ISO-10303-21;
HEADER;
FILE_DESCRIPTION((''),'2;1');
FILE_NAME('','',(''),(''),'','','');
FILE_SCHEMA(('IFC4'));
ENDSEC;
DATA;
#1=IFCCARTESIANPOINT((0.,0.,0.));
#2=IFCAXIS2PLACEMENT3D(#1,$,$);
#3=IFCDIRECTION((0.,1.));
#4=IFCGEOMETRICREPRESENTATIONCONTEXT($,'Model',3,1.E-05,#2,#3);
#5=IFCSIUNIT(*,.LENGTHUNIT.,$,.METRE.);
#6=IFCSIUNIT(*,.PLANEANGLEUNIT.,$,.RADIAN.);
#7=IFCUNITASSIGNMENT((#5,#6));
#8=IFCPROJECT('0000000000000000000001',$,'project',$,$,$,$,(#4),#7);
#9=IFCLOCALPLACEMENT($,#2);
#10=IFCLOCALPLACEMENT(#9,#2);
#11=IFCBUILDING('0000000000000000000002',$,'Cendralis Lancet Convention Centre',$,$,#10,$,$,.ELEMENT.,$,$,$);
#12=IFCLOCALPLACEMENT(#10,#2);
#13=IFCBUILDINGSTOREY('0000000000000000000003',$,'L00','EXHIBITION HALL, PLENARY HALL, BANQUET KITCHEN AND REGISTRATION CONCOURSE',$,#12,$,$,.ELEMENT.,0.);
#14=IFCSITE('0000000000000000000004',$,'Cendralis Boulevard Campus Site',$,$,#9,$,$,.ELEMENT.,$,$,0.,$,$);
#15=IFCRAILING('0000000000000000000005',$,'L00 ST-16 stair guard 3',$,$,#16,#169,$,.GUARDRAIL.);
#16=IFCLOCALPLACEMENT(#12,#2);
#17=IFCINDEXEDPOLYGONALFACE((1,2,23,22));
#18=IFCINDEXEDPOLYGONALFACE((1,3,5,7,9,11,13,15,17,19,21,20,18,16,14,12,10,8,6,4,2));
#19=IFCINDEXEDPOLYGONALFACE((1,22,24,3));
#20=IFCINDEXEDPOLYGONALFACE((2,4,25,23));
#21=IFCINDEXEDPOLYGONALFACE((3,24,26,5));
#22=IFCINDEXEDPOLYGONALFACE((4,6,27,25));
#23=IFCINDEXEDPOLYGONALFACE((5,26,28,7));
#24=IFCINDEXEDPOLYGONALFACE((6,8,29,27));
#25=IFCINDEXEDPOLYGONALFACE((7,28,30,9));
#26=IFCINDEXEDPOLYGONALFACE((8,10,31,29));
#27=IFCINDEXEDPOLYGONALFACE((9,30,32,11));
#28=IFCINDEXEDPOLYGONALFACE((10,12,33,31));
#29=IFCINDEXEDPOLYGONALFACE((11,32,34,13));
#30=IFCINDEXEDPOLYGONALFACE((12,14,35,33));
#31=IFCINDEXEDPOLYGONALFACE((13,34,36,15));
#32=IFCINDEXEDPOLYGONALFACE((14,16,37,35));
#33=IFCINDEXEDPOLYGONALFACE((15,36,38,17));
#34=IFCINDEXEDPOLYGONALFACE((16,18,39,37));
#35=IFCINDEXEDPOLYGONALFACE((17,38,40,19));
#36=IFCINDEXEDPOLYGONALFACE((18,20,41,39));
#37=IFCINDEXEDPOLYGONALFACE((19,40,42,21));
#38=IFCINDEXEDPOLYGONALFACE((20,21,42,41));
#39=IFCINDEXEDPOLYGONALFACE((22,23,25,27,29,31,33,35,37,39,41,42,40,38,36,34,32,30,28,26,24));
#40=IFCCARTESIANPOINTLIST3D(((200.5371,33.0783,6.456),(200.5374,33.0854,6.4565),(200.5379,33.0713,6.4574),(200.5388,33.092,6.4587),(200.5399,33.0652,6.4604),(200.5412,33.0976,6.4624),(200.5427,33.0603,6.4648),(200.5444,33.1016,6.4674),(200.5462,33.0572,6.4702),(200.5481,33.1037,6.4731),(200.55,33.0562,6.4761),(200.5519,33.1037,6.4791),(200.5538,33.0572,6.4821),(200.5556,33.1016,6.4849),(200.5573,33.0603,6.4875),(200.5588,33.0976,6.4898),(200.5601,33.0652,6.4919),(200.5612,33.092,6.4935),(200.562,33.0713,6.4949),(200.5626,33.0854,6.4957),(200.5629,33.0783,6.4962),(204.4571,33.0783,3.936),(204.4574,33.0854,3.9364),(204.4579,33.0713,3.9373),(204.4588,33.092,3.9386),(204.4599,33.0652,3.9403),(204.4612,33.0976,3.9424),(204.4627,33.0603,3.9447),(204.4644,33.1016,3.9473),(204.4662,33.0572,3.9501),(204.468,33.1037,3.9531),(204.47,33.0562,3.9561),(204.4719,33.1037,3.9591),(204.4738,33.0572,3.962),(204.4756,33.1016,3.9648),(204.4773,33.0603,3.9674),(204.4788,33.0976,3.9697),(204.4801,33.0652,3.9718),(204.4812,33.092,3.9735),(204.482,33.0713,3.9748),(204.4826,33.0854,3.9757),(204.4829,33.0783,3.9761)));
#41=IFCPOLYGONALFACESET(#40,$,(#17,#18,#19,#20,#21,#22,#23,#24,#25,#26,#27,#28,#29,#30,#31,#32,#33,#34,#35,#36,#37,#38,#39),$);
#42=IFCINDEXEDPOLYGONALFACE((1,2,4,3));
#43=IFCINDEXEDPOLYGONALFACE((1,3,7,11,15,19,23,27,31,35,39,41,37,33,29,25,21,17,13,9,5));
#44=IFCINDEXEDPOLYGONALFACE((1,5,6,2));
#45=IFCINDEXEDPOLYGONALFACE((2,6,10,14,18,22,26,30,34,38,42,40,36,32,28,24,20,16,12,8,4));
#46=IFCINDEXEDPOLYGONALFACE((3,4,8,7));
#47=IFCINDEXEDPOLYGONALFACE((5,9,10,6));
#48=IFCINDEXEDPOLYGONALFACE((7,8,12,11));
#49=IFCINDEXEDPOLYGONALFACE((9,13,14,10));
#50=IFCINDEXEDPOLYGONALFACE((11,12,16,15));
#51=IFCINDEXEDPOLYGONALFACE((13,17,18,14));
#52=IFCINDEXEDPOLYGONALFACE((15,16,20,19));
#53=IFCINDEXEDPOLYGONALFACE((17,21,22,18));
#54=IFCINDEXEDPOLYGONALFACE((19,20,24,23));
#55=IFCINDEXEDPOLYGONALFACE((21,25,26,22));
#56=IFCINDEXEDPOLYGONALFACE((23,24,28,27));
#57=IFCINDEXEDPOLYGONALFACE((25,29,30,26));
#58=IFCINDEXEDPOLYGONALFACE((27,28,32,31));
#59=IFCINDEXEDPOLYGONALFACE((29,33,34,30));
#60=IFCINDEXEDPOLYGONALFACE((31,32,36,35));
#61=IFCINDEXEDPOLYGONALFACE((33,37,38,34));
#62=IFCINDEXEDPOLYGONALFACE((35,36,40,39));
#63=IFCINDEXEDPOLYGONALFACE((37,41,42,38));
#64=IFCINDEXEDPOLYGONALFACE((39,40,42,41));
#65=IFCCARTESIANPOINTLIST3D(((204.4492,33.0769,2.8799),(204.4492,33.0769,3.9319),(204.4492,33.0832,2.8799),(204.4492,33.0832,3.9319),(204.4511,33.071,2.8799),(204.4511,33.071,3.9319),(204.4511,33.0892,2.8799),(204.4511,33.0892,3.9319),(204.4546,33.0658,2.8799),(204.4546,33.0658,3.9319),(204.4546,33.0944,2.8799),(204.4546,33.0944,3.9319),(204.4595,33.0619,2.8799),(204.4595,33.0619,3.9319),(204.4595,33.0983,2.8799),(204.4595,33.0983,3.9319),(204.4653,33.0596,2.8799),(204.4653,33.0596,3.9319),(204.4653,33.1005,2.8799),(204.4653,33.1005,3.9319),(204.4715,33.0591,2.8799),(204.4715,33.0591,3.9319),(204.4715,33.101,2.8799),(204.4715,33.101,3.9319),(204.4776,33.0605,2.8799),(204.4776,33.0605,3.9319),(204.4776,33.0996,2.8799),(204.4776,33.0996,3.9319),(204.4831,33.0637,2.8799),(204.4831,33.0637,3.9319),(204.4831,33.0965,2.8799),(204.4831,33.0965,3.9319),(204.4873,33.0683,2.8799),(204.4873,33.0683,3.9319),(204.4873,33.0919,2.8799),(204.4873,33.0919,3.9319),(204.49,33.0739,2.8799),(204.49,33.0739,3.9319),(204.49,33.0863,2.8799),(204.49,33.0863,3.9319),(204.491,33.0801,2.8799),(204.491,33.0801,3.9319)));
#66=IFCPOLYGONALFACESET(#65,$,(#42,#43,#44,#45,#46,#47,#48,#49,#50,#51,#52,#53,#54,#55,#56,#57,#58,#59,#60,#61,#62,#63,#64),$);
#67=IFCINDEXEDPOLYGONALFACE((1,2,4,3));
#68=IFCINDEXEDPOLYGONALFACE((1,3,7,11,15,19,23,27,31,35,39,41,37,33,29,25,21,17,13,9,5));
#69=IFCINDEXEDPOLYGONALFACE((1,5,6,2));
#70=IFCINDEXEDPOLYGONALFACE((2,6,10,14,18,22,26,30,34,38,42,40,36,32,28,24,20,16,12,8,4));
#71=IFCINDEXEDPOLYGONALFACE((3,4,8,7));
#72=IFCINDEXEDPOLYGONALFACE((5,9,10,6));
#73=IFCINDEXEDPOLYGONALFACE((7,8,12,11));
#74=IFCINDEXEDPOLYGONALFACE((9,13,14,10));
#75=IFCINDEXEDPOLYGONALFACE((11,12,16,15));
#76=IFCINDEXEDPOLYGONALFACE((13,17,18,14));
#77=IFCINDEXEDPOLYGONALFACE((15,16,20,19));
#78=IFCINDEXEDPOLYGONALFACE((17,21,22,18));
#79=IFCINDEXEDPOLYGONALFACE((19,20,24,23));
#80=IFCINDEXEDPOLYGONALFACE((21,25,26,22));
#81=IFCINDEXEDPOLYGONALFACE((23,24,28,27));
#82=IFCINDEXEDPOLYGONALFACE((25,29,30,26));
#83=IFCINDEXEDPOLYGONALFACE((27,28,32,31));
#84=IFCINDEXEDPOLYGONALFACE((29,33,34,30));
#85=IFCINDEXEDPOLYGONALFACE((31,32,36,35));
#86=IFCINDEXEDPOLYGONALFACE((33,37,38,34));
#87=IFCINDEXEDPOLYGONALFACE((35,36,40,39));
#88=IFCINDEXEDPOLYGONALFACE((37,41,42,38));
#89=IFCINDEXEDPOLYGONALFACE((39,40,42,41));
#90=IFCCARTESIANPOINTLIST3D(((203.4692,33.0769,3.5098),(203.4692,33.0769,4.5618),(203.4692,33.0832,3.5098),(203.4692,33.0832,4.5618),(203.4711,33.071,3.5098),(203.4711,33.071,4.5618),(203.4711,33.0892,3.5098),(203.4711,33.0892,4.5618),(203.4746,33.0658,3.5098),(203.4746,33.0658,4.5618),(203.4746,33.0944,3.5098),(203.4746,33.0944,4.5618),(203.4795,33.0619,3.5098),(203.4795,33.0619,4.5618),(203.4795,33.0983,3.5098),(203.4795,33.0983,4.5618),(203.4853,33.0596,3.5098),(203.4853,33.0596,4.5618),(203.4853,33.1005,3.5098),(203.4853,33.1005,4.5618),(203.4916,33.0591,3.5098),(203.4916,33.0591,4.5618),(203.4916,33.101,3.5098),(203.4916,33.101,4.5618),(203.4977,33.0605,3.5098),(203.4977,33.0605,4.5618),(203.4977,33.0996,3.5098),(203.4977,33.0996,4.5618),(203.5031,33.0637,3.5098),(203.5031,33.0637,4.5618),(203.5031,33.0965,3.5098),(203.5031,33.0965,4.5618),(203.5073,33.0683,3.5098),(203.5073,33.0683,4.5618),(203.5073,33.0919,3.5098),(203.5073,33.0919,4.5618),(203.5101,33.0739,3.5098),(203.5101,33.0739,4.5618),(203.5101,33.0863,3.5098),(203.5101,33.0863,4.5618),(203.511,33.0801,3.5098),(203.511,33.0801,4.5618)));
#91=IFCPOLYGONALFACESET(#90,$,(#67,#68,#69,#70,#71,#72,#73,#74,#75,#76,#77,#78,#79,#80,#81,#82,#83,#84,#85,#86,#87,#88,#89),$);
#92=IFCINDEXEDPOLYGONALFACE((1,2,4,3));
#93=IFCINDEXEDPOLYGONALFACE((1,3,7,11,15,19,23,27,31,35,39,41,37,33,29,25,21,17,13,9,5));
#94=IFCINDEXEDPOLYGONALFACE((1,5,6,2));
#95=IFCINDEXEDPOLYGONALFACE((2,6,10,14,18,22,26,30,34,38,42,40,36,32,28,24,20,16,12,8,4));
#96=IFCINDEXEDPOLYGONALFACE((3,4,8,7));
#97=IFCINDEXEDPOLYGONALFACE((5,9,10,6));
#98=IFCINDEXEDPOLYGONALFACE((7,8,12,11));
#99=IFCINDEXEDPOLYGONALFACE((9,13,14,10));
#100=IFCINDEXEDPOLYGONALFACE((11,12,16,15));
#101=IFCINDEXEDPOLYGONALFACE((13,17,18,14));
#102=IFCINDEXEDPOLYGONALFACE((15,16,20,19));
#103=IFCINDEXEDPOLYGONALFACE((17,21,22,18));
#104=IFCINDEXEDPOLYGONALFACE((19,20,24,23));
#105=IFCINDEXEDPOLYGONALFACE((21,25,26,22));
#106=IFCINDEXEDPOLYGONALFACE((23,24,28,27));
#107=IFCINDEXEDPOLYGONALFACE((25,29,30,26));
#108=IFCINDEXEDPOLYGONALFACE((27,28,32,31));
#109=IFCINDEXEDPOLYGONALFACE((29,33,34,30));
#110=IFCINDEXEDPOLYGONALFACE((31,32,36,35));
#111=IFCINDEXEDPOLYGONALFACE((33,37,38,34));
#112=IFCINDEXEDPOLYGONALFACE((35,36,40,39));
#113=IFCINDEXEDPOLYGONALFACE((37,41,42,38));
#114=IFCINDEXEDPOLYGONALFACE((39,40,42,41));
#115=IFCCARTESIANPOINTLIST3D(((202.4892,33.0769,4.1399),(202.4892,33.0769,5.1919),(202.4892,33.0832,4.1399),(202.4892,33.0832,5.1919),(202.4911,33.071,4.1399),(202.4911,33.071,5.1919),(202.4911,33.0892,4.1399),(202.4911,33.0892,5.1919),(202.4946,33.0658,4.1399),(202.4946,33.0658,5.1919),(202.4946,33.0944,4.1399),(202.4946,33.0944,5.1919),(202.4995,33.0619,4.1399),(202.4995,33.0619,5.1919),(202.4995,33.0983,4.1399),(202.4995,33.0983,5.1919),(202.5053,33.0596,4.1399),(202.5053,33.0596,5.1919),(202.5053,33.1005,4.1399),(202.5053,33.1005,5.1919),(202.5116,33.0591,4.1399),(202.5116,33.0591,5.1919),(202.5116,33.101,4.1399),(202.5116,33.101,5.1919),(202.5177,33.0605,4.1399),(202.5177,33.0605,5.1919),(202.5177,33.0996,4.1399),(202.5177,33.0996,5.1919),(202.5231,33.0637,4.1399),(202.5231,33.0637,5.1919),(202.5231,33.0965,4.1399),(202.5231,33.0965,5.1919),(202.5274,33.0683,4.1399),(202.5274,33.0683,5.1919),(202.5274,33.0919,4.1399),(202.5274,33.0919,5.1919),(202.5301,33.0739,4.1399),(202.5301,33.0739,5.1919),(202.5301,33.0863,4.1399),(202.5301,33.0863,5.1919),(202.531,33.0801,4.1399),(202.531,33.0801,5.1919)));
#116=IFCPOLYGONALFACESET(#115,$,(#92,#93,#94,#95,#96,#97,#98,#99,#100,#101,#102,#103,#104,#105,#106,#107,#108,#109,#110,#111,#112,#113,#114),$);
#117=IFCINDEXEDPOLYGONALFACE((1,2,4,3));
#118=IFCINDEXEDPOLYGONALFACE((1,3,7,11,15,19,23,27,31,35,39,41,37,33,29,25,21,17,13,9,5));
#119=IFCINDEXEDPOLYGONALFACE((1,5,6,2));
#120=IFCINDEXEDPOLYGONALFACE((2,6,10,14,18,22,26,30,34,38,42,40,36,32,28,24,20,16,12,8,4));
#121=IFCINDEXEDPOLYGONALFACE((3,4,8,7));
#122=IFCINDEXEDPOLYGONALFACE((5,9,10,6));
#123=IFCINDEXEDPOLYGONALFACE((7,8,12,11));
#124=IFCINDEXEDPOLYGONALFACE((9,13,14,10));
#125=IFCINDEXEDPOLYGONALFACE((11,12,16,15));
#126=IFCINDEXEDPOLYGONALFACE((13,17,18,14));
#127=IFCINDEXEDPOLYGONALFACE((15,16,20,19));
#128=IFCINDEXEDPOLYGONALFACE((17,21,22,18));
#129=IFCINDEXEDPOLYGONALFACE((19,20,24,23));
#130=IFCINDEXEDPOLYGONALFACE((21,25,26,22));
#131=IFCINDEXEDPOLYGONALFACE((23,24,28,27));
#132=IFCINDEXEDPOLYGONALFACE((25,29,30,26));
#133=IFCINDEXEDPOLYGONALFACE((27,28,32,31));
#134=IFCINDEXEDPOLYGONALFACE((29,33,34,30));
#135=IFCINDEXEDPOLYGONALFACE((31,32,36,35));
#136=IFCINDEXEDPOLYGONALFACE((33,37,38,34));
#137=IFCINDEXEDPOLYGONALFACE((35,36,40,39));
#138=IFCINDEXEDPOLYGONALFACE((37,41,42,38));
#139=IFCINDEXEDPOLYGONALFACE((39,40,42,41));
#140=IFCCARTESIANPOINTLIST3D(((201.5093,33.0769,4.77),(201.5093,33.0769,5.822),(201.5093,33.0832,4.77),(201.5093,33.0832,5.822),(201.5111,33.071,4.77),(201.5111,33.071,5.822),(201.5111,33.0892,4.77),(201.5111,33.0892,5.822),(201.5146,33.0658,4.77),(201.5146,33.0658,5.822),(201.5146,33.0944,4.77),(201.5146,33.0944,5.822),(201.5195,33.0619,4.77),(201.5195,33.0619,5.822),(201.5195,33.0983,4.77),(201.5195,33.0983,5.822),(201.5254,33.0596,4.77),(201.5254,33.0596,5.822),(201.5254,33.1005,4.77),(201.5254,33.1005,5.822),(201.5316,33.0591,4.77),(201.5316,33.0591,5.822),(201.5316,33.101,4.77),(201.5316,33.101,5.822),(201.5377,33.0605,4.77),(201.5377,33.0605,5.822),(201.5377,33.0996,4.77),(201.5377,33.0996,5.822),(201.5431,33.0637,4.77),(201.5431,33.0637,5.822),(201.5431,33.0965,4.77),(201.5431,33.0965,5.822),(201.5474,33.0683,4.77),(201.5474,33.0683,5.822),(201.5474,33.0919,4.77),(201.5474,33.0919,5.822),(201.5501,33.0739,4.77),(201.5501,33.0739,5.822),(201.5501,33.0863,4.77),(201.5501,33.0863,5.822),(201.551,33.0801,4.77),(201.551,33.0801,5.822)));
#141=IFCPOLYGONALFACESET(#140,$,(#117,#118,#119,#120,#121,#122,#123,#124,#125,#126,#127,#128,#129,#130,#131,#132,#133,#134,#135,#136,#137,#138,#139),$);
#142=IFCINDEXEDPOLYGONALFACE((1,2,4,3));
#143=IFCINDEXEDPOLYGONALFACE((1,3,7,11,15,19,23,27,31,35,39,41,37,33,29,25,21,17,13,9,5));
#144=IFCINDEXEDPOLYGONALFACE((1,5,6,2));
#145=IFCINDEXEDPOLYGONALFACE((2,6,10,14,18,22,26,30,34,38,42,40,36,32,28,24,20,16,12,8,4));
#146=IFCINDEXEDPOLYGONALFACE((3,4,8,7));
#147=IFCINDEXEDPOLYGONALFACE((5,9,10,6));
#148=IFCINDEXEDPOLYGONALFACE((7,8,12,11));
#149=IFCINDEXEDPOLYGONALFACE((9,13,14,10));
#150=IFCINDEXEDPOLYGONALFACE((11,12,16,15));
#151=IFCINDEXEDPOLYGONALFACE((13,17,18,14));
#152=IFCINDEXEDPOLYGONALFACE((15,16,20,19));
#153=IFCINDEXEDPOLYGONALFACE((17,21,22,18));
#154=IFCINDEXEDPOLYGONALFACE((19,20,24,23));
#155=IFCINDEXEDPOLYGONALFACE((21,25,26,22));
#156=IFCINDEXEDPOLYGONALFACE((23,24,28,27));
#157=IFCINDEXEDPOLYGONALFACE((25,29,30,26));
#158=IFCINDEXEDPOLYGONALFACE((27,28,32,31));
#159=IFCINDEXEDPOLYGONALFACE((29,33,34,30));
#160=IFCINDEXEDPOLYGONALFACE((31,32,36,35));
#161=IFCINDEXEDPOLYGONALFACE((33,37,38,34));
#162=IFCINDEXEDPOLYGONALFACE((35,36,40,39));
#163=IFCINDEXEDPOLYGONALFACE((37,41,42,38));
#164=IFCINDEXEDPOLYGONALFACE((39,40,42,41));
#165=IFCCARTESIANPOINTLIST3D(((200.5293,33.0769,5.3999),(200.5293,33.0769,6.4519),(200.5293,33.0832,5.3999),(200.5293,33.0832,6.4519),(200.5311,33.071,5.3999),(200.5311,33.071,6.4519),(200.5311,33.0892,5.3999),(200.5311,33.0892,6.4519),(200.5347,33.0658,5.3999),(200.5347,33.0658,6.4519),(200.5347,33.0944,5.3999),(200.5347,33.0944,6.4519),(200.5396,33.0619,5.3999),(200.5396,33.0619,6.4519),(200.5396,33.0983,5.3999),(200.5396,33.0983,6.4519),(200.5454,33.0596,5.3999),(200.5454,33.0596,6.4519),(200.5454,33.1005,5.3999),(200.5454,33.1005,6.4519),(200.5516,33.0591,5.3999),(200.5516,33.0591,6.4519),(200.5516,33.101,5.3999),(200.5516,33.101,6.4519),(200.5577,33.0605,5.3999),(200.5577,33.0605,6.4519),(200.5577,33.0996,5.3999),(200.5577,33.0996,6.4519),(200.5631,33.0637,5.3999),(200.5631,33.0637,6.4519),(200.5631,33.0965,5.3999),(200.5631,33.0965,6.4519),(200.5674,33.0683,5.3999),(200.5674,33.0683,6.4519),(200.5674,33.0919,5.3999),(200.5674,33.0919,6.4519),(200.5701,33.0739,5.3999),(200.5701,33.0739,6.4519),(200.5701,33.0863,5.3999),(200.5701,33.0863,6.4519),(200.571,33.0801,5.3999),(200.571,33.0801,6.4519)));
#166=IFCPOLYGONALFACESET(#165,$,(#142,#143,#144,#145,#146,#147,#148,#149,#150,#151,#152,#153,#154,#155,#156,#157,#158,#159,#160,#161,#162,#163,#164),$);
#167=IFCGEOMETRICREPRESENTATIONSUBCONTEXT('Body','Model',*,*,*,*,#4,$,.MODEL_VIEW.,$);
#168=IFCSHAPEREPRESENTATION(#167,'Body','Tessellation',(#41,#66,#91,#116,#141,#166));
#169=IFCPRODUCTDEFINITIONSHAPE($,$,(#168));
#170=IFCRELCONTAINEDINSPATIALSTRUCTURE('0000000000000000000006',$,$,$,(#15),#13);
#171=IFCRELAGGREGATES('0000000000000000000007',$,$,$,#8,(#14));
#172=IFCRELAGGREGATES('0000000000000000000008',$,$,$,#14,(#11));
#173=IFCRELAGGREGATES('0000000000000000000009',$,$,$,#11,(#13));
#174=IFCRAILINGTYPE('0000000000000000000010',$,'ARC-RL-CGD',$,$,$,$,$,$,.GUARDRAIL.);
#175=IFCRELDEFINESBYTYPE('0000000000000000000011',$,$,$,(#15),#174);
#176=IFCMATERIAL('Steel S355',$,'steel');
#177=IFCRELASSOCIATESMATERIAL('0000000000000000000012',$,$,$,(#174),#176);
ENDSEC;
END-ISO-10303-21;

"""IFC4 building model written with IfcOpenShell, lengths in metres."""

from ifc_helpers import new_model, si_unit, direction, frame, origin, origin_2d, place, context, subcontext, project, spatial, circle, extrude, material, type_object, element, save


model = new_model("IFC4")

# Units and contexts
model_context = context("Model", 3, precision=1e-05, world=origin(), true_north=direction((0.0, 1.0)))
body_context = subcontext(model_context, "Body", "Model", "MODEL_VIEW")
ifc_project = project(units=[si_unit("LENGTHUNIT", "METRE"), si_unit("PLANEANGLEUNIT", "RADIAN")], contexts=[model_context])

# Site, building, storey
site_placement = place(None, origin())
site = spatial("IfcSite", under=ifc_project, at=site_placement, Name="Cendralis Boulevard Campus Site", CompositionType="ELEMENT", RefElevation=0.0)
building_placement = place(site_placement, origin())
building = spatial("IfcBuilding", under=site, at=building_placement, Name="Cendralis Lancet Convention Centre", CompositionType="ELEMENT")
storey_placement = place(building_placement, origin())
storey = spatial("IfcBuildingStorey", under=building, at=storey_placement, Name="L00", Description="EXHIBITION HALL, PLENARY HALL, BANQUET KITCHEN AND REGISTRATION CONCOURSE", CompositionType="ELEMENT", Elevation=0.0)

# Shared definitions
ifc_material_1 = material(Name="Steel S355", Category="steel")

# Railing
railing_type_1 = type_object("IfcRailingType", Name="ARC-RL-CGD", PredefinedType="GUARDRAIL", material=ifc_material_1)
railing_1_placement = place(storey_placement, frame((204.47, 33.0801, 2.8799)))
element("IfcRailing", 1, at=railing_1_placement, inside=storey, type_object=railing_type_1, Name="L00 ST-16 stair guard 3", PredefinedType="GUARDRAIL", context=body_context, shape_type="SweptSolid", body=[
    extrude(circle(Radius=0.0239, at=origin_2d()), frame((0.0, 0.0, 1.0762), z_axis=(-0.841172, 0.0, 0.540768), x_axis=(0.0, -1.0, 0.0)), (0.0, 0.0, 1.0), 4.6602),
    extrude(circle(Radius=0.021, at=origin_2d()), origin(), (0.0, 0.0, 1.0), 1.052),
    extrude(circle(Radius=0.021, at=origin_2d()), frame((-0.98, 0.0, 0.6299)), (0.0, 0.0, 1.0), 1.052),
    extrude(circle(Radius=0.021, at=origin_2d()), frame((-1.96, 0.0, 1.26)), (0.0, 0.0, 1.0), 1.052),
    extrude(circle(Radius=0.021, at=origin_2d()), frame((-2.9399, 0.0, 1.8901)), (0.0, 0.0, 1.0), 1.052),
    extrude(circle(Radius=0.021, at=origin_2d()), frame((-3.9199, 0.0, 2.52)), (0.0, 0.0, 1.0), 1.052),
])

save(model, "model.ifc")
